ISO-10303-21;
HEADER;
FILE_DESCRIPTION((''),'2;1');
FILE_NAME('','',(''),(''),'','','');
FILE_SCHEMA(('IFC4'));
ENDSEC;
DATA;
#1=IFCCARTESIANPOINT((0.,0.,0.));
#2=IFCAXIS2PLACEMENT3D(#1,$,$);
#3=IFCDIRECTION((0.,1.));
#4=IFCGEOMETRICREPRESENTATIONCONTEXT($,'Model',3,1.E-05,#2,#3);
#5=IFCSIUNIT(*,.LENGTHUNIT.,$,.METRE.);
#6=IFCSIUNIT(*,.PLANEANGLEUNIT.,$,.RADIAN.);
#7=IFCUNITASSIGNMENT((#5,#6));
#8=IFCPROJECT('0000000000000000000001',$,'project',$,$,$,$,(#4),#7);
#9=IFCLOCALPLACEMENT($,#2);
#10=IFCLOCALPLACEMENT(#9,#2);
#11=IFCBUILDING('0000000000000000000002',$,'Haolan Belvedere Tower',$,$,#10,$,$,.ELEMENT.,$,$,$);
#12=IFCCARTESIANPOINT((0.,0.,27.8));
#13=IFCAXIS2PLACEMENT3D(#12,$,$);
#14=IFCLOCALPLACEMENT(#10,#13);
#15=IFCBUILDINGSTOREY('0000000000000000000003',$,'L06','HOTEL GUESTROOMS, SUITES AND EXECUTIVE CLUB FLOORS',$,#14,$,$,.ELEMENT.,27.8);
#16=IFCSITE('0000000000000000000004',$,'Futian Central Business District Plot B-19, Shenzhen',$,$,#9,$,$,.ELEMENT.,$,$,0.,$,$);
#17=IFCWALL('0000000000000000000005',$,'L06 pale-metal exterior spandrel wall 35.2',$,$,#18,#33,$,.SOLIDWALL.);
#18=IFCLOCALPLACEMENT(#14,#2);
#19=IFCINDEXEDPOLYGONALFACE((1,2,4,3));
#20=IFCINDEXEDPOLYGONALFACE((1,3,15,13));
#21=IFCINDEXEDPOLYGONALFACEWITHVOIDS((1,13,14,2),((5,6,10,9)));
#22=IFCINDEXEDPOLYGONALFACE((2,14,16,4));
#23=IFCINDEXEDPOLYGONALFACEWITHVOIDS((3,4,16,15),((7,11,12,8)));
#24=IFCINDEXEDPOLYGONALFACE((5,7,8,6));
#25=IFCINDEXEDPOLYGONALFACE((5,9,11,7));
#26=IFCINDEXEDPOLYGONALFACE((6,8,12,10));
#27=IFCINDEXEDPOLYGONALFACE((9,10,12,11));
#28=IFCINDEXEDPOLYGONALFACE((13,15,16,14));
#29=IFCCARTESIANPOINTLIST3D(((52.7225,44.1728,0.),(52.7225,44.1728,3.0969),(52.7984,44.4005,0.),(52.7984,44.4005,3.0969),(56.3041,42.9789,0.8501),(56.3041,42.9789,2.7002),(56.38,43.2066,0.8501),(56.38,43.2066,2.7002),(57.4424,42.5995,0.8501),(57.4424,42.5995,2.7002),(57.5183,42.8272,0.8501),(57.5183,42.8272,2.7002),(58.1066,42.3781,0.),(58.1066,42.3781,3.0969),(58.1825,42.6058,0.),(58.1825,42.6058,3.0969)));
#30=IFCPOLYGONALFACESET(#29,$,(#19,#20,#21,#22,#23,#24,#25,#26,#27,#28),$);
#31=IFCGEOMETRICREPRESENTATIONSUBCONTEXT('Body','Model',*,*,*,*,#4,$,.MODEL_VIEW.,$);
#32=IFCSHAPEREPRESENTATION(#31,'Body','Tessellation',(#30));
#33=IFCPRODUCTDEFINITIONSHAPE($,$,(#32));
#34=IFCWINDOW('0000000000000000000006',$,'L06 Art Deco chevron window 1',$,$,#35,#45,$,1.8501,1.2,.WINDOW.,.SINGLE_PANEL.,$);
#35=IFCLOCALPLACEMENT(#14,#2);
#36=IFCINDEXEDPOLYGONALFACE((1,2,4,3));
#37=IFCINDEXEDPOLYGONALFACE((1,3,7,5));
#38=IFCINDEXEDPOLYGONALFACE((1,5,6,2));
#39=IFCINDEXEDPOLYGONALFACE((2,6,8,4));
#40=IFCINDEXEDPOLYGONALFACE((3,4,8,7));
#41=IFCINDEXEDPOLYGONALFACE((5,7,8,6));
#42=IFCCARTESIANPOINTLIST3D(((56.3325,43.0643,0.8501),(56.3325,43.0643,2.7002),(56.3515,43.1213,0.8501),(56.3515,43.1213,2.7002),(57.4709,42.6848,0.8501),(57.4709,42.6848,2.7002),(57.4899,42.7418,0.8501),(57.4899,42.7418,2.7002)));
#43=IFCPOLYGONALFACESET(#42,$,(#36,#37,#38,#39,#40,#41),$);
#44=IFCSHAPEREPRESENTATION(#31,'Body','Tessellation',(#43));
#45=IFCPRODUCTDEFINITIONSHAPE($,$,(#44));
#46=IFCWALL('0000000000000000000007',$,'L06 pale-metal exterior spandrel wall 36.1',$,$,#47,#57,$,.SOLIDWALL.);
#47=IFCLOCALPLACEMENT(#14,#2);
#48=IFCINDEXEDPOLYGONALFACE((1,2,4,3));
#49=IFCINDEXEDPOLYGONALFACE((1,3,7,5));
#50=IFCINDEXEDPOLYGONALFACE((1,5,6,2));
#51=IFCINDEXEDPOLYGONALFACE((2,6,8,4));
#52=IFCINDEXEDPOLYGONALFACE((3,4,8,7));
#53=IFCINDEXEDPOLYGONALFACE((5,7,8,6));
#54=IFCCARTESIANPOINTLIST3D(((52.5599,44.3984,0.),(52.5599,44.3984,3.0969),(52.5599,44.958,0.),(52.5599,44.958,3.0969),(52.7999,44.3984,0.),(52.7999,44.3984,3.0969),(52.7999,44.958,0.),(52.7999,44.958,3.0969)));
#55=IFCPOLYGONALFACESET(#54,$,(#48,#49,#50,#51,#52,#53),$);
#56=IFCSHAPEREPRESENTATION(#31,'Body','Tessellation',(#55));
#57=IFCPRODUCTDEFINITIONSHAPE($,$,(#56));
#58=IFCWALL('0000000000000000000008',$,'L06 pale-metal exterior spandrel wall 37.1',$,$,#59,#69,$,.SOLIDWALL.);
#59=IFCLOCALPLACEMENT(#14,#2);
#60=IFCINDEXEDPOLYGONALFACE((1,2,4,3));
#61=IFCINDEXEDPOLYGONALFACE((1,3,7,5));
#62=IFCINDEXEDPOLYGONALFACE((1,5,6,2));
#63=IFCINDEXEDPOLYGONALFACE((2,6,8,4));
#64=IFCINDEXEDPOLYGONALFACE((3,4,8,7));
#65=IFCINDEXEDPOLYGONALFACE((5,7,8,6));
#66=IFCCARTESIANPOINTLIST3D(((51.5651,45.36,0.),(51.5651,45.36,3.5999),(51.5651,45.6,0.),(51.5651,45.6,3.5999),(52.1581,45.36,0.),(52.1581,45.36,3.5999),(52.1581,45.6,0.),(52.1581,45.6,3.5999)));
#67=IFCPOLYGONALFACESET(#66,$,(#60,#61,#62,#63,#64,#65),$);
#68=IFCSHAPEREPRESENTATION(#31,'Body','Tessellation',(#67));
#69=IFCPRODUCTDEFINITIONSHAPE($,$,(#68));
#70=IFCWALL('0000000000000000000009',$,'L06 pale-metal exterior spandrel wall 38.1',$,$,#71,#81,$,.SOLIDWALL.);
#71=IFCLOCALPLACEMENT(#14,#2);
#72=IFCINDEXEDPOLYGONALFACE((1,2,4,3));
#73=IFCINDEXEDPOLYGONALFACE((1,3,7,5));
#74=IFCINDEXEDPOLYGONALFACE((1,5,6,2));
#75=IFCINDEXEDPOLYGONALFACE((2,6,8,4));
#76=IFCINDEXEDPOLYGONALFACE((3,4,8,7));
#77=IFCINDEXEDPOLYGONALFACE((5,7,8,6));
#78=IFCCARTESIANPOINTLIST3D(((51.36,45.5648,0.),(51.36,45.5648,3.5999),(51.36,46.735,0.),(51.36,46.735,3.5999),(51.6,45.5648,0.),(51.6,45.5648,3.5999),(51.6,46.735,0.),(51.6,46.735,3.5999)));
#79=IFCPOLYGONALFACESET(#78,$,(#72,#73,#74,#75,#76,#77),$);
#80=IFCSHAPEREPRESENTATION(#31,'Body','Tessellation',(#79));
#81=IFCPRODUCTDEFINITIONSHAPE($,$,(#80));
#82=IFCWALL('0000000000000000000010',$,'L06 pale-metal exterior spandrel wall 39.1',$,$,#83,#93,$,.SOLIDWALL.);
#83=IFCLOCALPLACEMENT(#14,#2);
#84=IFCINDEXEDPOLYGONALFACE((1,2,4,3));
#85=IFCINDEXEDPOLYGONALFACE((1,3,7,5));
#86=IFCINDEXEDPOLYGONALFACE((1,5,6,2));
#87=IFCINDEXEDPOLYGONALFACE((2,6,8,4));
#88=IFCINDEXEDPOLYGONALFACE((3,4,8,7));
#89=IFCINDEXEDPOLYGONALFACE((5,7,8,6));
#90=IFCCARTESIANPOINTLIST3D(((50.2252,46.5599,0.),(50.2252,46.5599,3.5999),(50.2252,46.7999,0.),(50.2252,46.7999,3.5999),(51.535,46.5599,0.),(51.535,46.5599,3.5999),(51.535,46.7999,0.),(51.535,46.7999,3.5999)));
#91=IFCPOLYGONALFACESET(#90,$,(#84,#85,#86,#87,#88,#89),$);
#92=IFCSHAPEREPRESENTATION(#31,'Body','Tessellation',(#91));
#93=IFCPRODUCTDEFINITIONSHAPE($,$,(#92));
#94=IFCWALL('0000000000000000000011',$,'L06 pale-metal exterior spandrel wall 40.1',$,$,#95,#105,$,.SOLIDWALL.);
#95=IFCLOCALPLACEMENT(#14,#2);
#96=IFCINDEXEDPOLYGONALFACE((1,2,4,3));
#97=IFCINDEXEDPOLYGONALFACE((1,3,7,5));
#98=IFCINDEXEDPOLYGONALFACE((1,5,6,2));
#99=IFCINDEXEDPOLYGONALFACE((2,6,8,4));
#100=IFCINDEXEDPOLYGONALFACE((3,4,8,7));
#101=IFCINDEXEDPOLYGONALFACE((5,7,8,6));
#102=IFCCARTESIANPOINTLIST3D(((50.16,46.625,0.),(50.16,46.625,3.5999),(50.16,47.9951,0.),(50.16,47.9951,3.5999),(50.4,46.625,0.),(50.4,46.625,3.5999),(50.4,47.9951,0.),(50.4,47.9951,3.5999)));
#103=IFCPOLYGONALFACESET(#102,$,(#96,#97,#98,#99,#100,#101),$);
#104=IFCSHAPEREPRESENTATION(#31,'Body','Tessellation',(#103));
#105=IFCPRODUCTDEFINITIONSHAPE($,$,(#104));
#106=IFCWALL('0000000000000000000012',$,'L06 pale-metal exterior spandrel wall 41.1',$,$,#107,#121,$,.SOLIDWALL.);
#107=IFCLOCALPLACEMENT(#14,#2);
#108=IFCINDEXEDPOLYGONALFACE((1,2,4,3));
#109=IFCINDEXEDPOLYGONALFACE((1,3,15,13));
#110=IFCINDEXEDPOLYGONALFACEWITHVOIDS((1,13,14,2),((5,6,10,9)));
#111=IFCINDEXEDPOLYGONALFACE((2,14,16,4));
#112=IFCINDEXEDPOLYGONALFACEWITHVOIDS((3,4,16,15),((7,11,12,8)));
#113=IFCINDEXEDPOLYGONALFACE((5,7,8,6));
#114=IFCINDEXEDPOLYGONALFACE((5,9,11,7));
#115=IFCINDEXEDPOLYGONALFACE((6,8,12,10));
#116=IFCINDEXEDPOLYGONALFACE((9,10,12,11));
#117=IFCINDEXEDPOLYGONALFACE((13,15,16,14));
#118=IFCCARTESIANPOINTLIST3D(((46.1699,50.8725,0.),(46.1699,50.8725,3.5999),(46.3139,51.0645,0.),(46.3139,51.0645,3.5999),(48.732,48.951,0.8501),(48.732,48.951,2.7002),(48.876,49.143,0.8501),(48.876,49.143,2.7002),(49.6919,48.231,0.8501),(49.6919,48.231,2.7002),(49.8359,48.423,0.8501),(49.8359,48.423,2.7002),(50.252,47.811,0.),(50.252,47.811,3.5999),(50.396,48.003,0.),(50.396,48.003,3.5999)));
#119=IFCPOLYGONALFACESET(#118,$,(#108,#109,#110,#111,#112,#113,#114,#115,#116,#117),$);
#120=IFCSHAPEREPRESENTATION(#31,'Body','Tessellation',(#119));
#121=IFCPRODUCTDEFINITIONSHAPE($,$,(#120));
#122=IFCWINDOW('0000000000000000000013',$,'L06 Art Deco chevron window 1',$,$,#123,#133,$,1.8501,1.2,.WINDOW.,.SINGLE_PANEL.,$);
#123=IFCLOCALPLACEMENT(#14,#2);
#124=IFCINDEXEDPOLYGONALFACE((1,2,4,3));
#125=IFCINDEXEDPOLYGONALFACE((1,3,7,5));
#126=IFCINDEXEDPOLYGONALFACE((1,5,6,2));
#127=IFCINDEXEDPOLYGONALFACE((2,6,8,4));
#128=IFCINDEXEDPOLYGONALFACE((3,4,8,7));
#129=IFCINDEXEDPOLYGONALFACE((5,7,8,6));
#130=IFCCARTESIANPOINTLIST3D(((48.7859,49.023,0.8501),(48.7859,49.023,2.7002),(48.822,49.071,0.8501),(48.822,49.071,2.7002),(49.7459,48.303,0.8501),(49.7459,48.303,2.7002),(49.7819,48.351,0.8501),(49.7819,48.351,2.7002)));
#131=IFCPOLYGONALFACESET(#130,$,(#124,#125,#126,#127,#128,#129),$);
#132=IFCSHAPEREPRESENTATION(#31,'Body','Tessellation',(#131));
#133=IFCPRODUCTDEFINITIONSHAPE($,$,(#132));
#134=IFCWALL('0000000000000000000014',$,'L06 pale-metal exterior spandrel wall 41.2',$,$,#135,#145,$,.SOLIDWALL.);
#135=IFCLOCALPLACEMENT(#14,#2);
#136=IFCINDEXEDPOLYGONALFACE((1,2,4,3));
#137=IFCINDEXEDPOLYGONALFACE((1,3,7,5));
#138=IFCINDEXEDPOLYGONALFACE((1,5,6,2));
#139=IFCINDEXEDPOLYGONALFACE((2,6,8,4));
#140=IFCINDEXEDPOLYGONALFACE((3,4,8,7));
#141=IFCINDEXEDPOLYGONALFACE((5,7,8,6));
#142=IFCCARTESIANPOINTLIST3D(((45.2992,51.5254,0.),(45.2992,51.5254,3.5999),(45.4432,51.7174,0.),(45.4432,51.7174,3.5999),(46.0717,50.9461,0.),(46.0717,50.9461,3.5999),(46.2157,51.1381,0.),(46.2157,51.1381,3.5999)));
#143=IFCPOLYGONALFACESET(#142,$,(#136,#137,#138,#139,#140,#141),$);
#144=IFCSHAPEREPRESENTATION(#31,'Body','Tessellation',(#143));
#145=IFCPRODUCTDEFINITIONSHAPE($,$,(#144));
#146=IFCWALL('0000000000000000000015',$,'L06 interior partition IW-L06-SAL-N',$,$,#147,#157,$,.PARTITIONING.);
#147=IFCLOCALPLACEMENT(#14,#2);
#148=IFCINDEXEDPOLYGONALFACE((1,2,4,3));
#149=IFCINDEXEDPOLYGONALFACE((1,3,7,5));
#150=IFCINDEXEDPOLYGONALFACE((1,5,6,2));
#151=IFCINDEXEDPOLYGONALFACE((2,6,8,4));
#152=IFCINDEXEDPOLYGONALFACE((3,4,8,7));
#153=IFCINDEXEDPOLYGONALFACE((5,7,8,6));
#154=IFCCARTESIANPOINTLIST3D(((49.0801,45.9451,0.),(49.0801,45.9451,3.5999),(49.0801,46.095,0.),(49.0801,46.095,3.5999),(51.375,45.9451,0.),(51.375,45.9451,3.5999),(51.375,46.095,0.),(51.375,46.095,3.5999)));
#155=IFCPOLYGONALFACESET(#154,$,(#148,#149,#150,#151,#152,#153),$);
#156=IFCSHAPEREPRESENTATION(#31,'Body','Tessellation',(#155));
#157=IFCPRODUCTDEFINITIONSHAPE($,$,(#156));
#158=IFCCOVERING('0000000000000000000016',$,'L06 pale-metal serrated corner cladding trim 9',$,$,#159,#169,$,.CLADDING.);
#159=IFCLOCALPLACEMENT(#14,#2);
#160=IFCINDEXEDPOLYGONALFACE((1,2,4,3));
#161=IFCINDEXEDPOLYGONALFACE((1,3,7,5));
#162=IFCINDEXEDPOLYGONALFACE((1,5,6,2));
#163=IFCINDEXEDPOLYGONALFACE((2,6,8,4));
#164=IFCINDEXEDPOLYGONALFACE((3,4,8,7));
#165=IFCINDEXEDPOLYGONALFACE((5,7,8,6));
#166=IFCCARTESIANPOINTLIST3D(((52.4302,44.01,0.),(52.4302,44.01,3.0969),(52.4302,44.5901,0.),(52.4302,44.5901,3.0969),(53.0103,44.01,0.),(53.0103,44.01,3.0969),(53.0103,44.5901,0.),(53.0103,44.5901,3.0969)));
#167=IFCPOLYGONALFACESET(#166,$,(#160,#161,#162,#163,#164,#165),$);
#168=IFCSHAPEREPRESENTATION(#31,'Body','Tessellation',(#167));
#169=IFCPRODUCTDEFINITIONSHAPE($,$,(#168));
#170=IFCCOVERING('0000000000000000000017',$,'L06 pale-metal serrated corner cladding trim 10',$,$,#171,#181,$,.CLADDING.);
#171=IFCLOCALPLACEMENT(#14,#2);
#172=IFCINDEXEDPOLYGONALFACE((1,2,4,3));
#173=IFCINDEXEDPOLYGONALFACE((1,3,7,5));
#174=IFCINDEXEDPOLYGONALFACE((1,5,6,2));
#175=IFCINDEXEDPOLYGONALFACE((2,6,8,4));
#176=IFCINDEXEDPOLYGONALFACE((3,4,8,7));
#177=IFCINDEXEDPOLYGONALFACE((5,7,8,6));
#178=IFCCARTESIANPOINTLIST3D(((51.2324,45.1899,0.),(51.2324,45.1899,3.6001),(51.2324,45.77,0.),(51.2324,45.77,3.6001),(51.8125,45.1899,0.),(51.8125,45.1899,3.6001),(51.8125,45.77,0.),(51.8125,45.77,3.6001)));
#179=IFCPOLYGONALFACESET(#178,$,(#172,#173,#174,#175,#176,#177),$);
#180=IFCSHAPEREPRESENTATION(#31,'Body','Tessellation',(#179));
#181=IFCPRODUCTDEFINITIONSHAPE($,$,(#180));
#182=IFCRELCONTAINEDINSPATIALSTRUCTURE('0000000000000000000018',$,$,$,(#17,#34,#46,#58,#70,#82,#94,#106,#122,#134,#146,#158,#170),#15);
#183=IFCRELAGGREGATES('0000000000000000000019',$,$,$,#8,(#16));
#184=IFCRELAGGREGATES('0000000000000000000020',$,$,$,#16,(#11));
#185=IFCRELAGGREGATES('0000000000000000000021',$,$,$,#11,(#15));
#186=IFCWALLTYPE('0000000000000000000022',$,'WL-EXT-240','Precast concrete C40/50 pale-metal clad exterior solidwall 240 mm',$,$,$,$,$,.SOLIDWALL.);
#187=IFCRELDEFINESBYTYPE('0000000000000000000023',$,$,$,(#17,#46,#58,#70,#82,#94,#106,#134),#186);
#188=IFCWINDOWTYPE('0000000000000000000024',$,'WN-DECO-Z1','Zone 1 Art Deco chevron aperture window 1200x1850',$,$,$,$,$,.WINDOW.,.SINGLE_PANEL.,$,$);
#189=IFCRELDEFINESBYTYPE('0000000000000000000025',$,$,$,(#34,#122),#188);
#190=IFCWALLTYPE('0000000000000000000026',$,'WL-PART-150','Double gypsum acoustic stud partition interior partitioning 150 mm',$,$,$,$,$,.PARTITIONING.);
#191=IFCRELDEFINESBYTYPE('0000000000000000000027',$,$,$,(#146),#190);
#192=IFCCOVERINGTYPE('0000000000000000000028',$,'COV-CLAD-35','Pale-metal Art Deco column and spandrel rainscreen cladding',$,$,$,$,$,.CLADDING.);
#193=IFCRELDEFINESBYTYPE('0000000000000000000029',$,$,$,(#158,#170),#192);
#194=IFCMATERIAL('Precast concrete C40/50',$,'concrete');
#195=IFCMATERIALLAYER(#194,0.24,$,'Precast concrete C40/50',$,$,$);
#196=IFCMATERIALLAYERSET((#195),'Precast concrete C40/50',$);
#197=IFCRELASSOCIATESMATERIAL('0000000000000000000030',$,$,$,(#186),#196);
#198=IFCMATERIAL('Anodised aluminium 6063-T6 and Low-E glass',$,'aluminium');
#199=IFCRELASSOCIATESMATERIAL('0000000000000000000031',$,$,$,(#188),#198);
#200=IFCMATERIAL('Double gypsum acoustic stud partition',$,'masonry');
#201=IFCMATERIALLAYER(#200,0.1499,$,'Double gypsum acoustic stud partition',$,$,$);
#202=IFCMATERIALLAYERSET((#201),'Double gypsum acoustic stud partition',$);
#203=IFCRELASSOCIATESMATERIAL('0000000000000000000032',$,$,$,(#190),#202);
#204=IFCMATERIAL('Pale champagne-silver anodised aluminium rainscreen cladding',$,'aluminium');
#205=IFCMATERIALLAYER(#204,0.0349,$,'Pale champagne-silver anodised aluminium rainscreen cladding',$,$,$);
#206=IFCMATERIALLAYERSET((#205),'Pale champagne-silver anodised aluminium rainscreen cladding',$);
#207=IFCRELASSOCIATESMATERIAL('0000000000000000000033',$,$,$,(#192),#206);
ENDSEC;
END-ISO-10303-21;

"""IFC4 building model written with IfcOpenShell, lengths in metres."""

from ifc_helpers import new_model, si_unit, direction, frame, frame_2d, origin, origin_2d, place, context, subcontext, project, spatial, rectangle, extrude, material, layer, layer_set, type_object, element, fill, save


model = new_model("IFC4")

# Units and contexts
model_context = context("Model", 3, precision=1e-05, world=origin(), true_north=direction((0.0, 1.0)))
body_context = subcontext(model_context, "Body", "Model", "MODEL_VIEW")
ifc_project = project(units=[si_unit("LENGTHUNIT", "METRE"), si_unit("PLANEANGLEUNIT", "RADIAN")], contexts=[model_context])

# Site, building, storey
site_placement = place(None, origin())
site = spatial("IfcSite", under=ifc_project, at=site_placement, Name="Futian Central Business District Plot B-19, Shenzhen", CompositionType="ELEMENT", RefElevation=0.0)
building_placement = place(site_placement, origin())
building = spatial("IfcBuilding", under=site, at=building_placement, Name="Haolan Belvedere Tower", CompositionType="ELEMENT")
storey_placement = place(building_placement, frame((0.0, 0.0, 27.8)))
storey = spatial("IfcBuildingStorey", under=building, at=storey_placement, Name="L06", Description="HOTEL GUESTROOMS, SUITES AND EXECUTIVE CLUB FLOORS", CompositionType="ELEMENT", Elevation=27.8)

# Shared definitions
ifc_material_1 = material(Name="Precast concrete C40/50", Category="concrete")
ifc_layer_1 = layer(ifc_material_1, 0.24, Name="Precast concrete C40/50")
ifc_layer_set_1 = layer_set([ifc_layer_1], Name="Precast concrete C40/50")
wall_type_1 = type_object("IfcWallType", Name="WL-EXT-240", Description="Precast concrete C40/50 pale-metal clad exterior solidwall 240 mm", PredefinedType="SOLIDWALL", material=ifc_layer_set_1)
ifc_material_2 = material(Name="Anodised aluminium 6063-T6 and Low-E glass", Category="aluminium")
window_type = type_object("IfcWindowType", Name="WN-DECO-Z1", Description="Zone 1 Art Deco chevron aperture window 1200x1850", PartitioningType="SINGLE_PANEL", PredefinedType="WINDOW", material=ifc_material_2)

# Wall, opening, window
wall_1_placement = place(storey_placement, frame((58.1445, 42.4919, 0.0), z_axis=(0.0, 0.0, 1.0), x_axis=(-0.948683, 0.316228, 0.0)))
wall_1 = element("IfcWall", 1, at=wall_1_placement, inside=storey, type_object=wall_type_1, Name="L06 pale-metal exterior spandrel wall 35.2", PredefinedType="SOLIDWALL", context=body_context, shape_type="SweptSolid", body=[
    extrude(rectangle(XDim=5.6753, YDim=0.24, at=frame_2d((2.8376, 0.0))), origin(), (0.0, 0.0, 1.0), 3.0969),
])
opening_1_placement = place(wall_1_placement, frame((0.7, 0.0, 0.8501)))
opening_1 = element("IfcOpeningElement", 2, at=opening_1_placement, cuts=wall_1, PredefinedType="OPENING", context=body_context, shape_type="SweptSolid", body=[
    extrude(rectangle(XDim=1.2, YDim=1.8501, at=frame_2d((0.6001, 0.925))), frame((0.0, 0.1299, 0.0), z_axis=(0.0, -1.0, 0.0), x_axis=(1.0, 0.0, 0.0)), (0.0, 0.0, 1.0), 0.26),
])
window_1_placement = place(opening_1_placement, origin())
window_1 = element("IfcWindow", 3, at=window_1_placement, inside=storey, type_object=window_type, Name="L06 Art Deco chevron window 1", OverallHeight=1.8501, OverallWidth=1.2, PartitioningType="SINGLE_PANEL", PredefinedType="WINDOW", context=body_context, shape_type="SweptSolid", body=[
    extrude(rectangle(XDim=1.2, YDim=1.8501, at=frame_2d((0.6001, 0.925))), frame((0.0, 0.03, 0.0), z_axis=(0.0, -1.0, 0.0), x_axis=(1.0, 0.0, 0.0)), (0.0, 0.0, 1.0), 0.0601),
])
fill(opening_1, window_1)

# Walls
wall_2_placement = place(storey_placement, frame((52.6799, 44.3984, 0.0), z_axis=(0.0, 0.0, 1.0), x_axis=(0.0, 1.0, 0.0)))
element("IfcWall", 4, at=wall_2_placement, inside=storey, type_object=wall_type_1, Name="L06 pale-metal exterior spandrel wall 36.1", PredefinedType="SOLIDWALL", context=body_context, shape_type="SweptSolid", body=[
    extrude(rectangle(XDim=0.5596, YDim=0.24, at=frame_2d((0.2798, 0.0))), origin(), (0.0, 0.0, 1.0), 3.0969),
])
wall_3_placement = place(storey_placement, frame((52.158, 45.48, 0.0), z_axis=(0.0, 0.0, 1.0), x_axis=(-1.0, 0.0, 0.0)))
element("IfcWall", 5, at=wall_3_placement, inside=storey, type_object=wall_type_1, Name="L06 pale-metal exterior spandrel wall 37.1", PredefinedType="SOLIDWALL", context=body_context, shape_type="SweptSolid", body=[
    extrude(rectangle(XDim=0.593, YDim=0.24, at=frame_2d((0.2964, 0.0))), origin(), (0.0, 0.0, 1.0), 3.5999),
])
wall_4_placement = place(storey_placement, frame((51.48, 45.5649, 0.0), z_axis=(0.0, 0.0, 1.0), x_axis=(0.0, 1.0, 0.0)))
element("IfcWall", 6, at=wall_4_placement, inside=storey, type_object=wall_type_1, Name="L06 pale-metal exterior spandrel wall 38.1", PredefinedType="SOLIDWALL", context=body_context, shape_type="SweptSolid", body=[
    extrude(rectangle(XDim=1.1702, YDim=0.24, at=frame_2d((0.585, 0.0))), origin(), (0.0, 0.0, 1.0), 3.5999),
])
wall_5_placement = place(storey_placement, frame((51.5349, 46.6799, 0.0), z_axis=(0.0, 0.0, 1.0), x_axis=(-1.0, 0.0, 0.0)))
element("IfcWall", 7, at=wall_5_placement, inside=storey, type_object=wall_type_1, Name="L06 pale-metal exterior spandrel wall 39.1", PredefinedType="SOLIDWALL", context=body_context, shape_type="SweptSolid", body=[
    extrude(rectangle(XDim=1.3098, YDim=0.24, at=frame_2d((0.6548, 0.0))), origin(), (0.0, 0.0, 1.0), 3.5999),
])
wall_6_placement = place(storey_placement, frame((50.28, 46.625, 0.0), z_axis=(0.0, 0.0, 1.0), x_axis=(0.0, 1.0, 0.0)))
element("IfcWall", 8, at=wall_6_placement, inside=storey, type_object=wall_type_1, Name="L06 pale-metal exterior spandrel wall 40.1", PredefinedType="SOLIDWALL", context=body_context, shape_type="SweptSolid", body=[
    extrude(rectangle(XDim=1.3701, YDim=0.24, at=frame_2d((0.6851, 0.0))), origin(), (0.0, 0.0, 1.0), 3.5999),
])

# Wall, opening, window
wall_7_placement = place(storey_placement, frame((50.324, 47.907, 0.0), z_axis=(0.0, 0.0, 1.0), x_axis=(-0.8, 0.6, 0.0)))
wall_7 = element("IfcWall", 9, at=wall_7_placement, inside=storey, type_object=wall_type_1, Name="L06 pale-metal exterior spandrel wall 41.1", PredefinedType="SOLIDWALL", context=body_context, shape_type="SweptSolid", body=[
    extrude(rectangle(XDim=5.1025, YDim=0.24, at=frame_2d((2.5513, 0.0))), origin(), (0.0, 0.0, 1.0), 3.5999),
])
opening_2_placement = place(wall_7_placement, frame((0.7, 0.0, 0.8501)))
opening_2 = element("IfcOpeningElement", 10, at=opening_2_placement, cuts=wall_7, PredefinedType="OPENING", context=body_context, shape_type="SweptSolid", body=[
    extrude(rectangle(XDim=1.2, YDim=1.8501, at=frame_2d((0.6001, 0.925))), frame((0.0, 0.1299, 0.0), z_axis=(0.0, -1.0, 0.0), x_axis=(1.0, 0.0, 0.0)), (0.0, 0.0, 1.0), 0.26),
])
window_2_placement = place(opening_2_placement, origin())
window_2 = element("IfcWindow", 11, at=window_2_placement, inside=storey, type_object=window_type, Name="L06 Art Deco chevron window 1", OverallHeight=1.8501, OverallWidth=1.2, PartitioningType="SINGLE_PANEL", PredefinedType="WINDOW", context=body_context, shape_type="SweptSolid", body=[
    extrude(rectangle(XDim=1.2, YDim=1.8501, at=frame_2d((0.6001, 0.925))), frame((0.0, 0.03, 0.0), z_axis=(0.0, -1.0, 0.0), x_axis=(1.0, 0.0, 0.0)), (0.0, 0.0, 1.0), 0.0601),
])
fill(opening_2, window_2)

# Walls
wall_8_placement = place(storey_placement, frame((46.1438, 51.042, 0.0), z_axis=(0.0, 0.0, 1.0), x_axis=(-0.8, 0.6, 0.0)))
element("IfcWall", 12, at=wall_8_placement, inside=storey, type_object=wall_type_1, Name="L06 pale-metal exterior spandrel wall 41.2", PredefinedType="SOLIDWALL", context=body_context, shape_type="SweptSolid", body=[
    extrude(rectangle(XDim=0.9656, YDim=0.24, at=frame_2d((0.4829, 0.0))), origin(), (0.0, 0.0, 1.0), 3.5999),
])
ifc_material_3 = material(Name="Double gypsum acoustic stud partition", Category="masonry")
ifc_layer_2 = layer(ifc_material_3, 0.1499, Name="Double gypsum acoustic stud partition")
ifc_layer_set_2 = layer_set([ifc_layer_2], Name="Double gypsum acoustic stud partition")
wall_type_2 = type_object("IfcWallType", Name="WL-PART-150", Description="Double gypsum acoustic stud partition interior partitioning 150 mm", PredefinedType="PARTITIONING", material=ifc_layer_set_2)
wall_9_placement = place(storey_placement, frame((49.0801, 46.02, 0.0), z_axis=(0.0, 0.0, 1.0), x_axis=(1.0, 0.0, 0.0)))
element("IfcWall", 13, at=wall_9_placement, inside=storey, type_object=wall_type_2, Name="L06 interior partition IW-L06-SAL-N", PredefinedType="PARTITIONING", context=body_context, shape_type="SweptSolid", body=[
    extrude(rectangle(XDim=2.2949, YDim=0.1499, at=frame_2d((1.1475, 0.0))), origin(), (0.0, 0.0, 1.0), 3.5999),
])

# Coverings
ifc_material_4 = material(Name="Pale champagne-silver anodised aluminium rainscreen cladding", Category="aluminium")
ifc_layer_3 = layer(ifc_material_4, 0.0349, Name="Pale champagne-silver anodised aluminium rainscreen cladding")
ifc_layer_set_3 = layer_set([ifc_layer_3], Name="Pale champagne-silver anodised aluminium rainscreen cladding")
covering_type = type_object("IfcCoveringType", Name="COV-CLAD-35", Description="Pale-metal Art Deco column and spandrel rainscreen cladding", PredefinedType="CLADDING", material=ifc_layer_set_3)
covering_1_placement = place(storey_placement, frame((52.7202, 44.3, 0.0), z_axis=(0.0, 0.0, 1.0), x_axis=(1.0, 0.0, 0.0)))
element("IfcCovering", 14, at=covering_1_placement, inside=storey, type_object=covering_type, Name="L06 pale-metal serrated corner cladding trim 9", PredefinedType="CLADDING", context=body_context, shape_type="SweptSolid", body=[
    extrude(rectangle(XDim=0.5801, YDim=0.5801, at=origin_2d()), origin(), (0.0, 0.0, 1.0), 3.0969),
])
covering_2_placement = place(storey_placement, frame((51.5225, 45.48, 0.0), z_axis=(0.0, 0.0, 1.0), x_axis=(1.0, 0.0, 0.0)))
element("IfcCovering", 15, at=covering_2_placement, inside=storey, type_object=covering_type, Name="L06 pale-metal serrated corner cladding trim 10", PredefinedType="CLADDING", context=body_context, shape_type="SweptSolid", body=[
    extrude(rectangle(XDim=0.5801, YDim=0.5801, at=origin_2d()), origin(), (0.0, 0.0, 1.0), 3.6001),
])

save(model, "model.ifc")
